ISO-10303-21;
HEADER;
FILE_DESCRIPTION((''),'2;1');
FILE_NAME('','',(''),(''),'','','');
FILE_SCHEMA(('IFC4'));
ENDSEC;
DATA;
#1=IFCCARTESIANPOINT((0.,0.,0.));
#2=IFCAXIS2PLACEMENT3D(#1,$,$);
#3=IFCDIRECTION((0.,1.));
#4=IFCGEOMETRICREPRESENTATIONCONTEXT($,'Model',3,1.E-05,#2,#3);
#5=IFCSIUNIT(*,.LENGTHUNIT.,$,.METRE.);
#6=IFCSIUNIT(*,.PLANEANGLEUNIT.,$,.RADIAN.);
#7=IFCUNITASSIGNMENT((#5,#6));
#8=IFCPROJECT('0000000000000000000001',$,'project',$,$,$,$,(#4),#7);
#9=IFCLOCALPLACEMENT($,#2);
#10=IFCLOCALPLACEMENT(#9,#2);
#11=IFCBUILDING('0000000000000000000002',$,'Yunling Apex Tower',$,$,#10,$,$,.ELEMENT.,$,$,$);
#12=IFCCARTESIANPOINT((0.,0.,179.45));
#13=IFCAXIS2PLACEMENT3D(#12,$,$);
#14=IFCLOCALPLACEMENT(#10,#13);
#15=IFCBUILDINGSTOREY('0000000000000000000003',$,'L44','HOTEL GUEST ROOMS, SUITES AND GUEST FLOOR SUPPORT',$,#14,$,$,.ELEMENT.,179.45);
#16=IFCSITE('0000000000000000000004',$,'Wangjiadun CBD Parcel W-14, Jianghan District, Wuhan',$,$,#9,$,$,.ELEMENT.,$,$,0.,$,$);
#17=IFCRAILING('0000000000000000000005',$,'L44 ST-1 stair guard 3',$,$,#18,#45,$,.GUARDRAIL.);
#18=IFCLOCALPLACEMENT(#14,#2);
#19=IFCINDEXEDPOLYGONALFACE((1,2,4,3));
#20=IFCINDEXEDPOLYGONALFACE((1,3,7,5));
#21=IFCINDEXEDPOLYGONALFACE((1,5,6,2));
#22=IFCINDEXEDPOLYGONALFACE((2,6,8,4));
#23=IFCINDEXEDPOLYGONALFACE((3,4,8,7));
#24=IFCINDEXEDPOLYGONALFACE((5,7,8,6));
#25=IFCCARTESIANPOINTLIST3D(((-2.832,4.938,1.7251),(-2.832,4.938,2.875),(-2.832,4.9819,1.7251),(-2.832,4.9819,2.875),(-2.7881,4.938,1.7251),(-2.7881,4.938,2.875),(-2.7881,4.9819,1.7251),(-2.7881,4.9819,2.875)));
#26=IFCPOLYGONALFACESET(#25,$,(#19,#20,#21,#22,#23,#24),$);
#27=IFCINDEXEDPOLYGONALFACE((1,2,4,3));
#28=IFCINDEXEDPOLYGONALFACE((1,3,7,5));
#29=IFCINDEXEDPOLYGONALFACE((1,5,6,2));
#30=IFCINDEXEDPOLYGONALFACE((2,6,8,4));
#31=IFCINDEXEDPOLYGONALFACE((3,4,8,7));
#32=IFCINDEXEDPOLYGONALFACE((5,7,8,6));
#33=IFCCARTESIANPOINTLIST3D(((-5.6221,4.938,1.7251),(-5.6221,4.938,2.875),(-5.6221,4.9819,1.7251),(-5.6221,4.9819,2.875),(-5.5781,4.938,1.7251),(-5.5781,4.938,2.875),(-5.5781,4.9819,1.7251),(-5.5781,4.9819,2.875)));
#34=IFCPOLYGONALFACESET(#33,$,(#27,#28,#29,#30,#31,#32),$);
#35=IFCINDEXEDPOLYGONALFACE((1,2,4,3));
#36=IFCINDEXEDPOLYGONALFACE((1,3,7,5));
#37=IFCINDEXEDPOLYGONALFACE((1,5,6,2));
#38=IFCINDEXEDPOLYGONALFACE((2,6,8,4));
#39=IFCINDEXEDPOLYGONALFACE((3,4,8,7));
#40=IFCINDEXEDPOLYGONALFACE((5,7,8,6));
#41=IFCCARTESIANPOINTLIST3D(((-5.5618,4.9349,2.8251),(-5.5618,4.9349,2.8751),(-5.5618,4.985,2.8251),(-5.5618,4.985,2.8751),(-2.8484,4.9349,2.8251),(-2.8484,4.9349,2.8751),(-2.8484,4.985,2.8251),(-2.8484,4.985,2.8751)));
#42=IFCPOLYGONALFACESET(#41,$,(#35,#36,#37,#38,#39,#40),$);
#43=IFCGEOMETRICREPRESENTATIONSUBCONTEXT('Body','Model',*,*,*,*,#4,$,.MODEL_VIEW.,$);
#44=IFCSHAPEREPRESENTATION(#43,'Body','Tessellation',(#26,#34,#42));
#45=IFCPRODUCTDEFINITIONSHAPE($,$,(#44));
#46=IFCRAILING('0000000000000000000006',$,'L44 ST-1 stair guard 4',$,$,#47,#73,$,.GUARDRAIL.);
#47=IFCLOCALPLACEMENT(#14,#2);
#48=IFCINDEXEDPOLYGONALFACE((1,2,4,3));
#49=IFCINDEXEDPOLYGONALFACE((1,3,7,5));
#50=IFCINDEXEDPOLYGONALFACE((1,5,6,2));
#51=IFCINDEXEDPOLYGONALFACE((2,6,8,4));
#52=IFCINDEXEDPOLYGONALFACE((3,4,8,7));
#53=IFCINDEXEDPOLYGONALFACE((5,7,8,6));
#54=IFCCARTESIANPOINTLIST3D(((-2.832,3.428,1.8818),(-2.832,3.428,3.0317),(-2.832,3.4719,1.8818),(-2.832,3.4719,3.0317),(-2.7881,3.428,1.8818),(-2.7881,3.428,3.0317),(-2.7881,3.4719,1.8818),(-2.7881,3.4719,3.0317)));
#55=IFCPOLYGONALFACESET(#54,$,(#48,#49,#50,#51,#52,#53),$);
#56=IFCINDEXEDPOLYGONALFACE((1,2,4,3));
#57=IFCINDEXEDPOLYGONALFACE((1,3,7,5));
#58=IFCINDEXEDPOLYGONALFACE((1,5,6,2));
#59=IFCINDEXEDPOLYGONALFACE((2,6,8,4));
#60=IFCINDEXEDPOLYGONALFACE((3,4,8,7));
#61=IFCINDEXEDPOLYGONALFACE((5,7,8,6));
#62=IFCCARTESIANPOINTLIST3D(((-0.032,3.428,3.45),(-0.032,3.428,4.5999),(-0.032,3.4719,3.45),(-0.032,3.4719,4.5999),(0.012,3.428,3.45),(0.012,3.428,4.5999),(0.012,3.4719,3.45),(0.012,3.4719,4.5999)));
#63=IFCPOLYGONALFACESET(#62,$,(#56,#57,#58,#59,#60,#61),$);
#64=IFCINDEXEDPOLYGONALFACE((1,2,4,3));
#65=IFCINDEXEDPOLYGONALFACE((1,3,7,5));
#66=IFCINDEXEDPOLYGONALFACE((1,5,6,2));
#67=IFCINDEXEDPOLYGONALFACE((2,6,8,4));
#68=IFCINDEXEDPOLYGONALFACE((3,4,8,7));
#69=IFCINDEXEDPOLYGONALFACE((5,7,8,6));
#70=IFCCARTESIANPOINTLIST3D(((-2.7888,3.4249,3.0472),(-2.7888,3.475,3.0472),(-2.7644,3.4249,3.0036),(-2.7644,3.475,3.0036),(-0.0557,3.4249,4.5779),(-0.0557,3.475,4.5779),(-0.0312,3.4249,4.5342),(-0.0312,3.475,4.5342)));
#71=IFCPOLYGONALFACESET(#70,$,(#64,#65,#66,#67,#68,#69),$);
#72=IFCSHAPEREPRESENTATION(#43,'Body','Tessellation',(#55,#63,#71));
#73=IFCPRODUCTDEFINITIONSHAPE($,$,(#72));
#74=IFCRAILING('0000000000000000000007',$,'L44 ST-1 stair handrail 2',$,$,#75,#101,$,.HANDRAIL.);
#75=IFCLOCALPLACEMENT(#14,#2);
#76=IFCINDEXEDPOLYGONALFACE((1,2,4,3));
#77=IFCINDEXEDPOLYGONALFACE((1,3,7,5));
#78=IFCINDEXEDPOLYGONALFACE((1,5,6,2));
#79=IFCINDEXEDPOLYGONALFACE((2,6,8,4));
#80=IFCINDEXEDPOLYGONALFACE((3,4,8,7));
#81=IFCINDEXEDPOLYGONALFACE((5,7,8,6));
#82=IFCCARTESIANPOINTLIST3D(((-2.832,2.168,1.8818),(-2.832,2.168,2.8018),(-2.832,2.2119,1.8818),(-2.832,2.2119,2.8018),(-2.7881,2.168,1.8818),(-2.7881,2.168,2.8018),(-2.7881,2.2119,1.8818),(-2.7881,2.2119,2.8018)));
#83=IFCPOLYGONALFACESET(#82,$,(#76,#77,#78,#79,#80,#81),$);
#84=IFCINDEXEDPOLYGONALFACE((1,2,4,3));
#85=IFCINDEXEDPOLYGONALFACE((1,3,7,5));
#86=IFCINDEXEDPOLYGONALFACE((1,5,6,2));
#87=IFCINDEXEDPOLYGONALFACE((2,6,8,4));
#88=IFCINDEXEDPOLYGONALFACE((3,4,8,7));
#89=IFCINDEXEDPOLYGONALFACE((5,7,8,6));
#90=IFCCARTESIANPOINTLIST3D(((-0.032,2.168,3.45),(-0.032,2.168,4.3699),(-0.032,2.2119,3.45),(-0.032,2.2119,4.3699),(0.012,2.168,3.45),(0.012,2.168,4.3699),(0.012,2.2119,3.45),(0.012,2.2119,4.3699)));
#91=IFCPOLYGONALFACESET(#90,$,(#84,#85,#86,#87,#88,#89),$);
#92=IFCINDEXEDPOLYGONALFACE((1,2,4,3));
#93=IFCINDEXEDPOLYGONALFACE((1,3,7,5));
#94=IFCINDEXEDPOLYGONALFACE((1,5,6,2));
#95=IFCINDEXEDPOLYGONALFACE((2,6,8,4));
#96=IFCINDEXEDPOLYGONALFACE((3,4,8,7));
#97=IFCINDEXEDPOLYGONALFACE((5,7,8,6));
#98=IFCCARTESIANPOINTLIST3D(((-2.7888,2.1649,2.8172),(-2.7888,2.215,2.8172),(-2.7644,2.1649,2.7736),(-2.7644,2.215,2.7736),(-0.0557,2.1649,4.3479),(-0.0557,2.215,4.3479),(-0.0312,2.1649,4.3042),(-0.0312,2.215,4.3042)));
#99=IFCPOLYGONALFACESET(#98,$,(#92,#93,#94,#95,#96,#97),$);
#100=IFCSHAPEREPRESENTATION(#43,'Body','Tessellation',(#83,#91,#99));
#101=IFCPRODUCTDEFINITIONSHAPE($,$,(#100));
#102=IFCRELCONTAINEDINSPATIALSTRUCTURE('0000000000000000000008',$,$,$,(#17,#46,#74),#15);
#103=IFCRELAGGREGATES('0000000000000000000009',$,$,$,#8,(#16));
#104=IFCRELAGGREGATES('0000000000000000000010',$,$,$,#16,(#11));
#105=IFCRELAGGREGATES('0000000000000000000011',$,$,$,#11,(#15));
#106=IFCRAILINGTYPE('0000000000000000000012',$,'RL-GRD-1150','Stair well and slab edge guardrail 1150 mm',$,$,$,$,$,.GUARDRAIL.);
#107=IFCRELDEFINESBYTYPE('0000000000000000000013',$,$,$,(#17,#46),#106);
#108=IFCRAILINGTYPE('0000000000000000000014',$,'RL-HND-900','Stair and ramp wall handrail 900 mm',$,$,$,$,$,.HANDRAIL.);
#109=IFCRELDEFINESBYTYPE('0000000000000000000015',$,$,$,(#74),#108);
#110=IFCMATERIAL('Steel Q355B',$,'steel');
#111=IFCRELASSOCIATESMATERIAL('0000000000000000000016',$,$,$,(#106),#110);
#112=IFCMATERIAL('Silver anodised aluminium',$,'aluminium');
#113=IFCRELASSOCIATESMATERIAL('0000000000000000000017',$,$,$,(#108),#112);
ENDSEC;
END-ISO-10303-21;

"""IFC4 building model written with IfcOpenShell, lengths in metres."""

from ifc_helpers import new_model, si_unit, direction, frame, origin, origin_2d, place, context, subcontext, project, spatial, rectangle, extrude, material, type_object, element, save


model = new_model("IFC4")

# Units and contexts
model_context = context("Model", 3, precision=1e-05, world=origin(), true_north=direction((0.0, 1.0)))
body_context = subcontext(model_context, "Body", "Model", "MODEL_VIEW")
ifc_project = project(units=[si_unit("LENGTHUNIT", "METRE"), si_unit("PLANEANGLEUNIT", "RADIAN")], contexts=[model_context])

# Site, building, storey
site_placement = place(None, origin())
site = spatial("IfcSite", under=ifc_project, at=site_placement, Name="Wangjiadun CBD Parcel W-14, Jianghan District, Wuhan", CompositionType="ELEMENT", RefElevation=0.0)
building_placement = place(site_placement, origin())
building = spatial("IfcBuilding", under=site, at=building_placement, Name="Yunling Apex Tower", CompositionType="ELEMENT")
storey_placement = place(building_placement, frame((0.0, 0.0, 179.45)))
storey = spatial("IfcBuildingStorey", under=building, at=storey_placement, Name="L44", Description="HOTEL GUEST ROOMS, SUITES AND GUEST FLOOR SUPPORT", CompositionType="ELEMENT", Elevation=179.45)

# Shared definitions
ifc_material_1 = material(Name="Steel Q355B", Category="steel")

# Shared definitions
ifc_material_2 = material(Name="Silver anodised aluminium", Category="aluminium")

# Railings
railing_type_1 = type_object("IfcRailingType", Name="RL-GRD-1150", Description="Stair well and slab edge guardrail 1150 mm", PredefinedType="GUARDRAIL", material=ifc_material_1)
railing_1_placement = place(storey_placement, frame((-2.8101, 4.96, 1.7251)))
element("IfcRailing", 1, at=railing_1_placement, inside=storey, type_object=railing_type_1, Name="L44 ST-1 stair guard 3", PredefinedType="GUARDRAIL", context=body_context, shape_type="SweptSolid", body=[
    extrude(rectangle(XDim=0.0439, YDim=0.0439, at=origin_2d()), origin(), (0.0, 0.0, 1.0), 1.1499),
    extrude(rectangle(XDim=0.0439, YDim=0.0439, at=origin_2d()), frame((-2.79, 0.0, 0.0)), (0.0, 0.0, 1.0), 1.1499),
    extrude(rectangle(XDim=0.05, YDim=0.05, at=origin_2d()), frame((-0.0383, 0.0, 1.125), z_axis=(-1.0, 0.0, 0.0), x_axis=(0.0, -1.0, 0.0)), (0.0, 0.0, 1.0), 2.7134),
])
railing_2_placement = place(storey_placement, frame((-2.8101, 3.45, 1.8818)))
element("IfcRailing", 2, at=railing_2_placement, inside=storey, type_object=railing_type_1, Name="L44 ST-1 stair guard 4", PredefinedType="GUARDRAIL", context=body_context, shape_type="SweptSolid", body=[
    extrude(rectangle(XDim=0.0439, YDim=0.0439, at=origin_2d()), origin(), (0.0, 0.0, 1.0), 1.1499),
    extrude(rectangle(XDim=0.0439, YDim=0.0439, at=origin_2d()), frame((2.8, 0.0, 1.5681)), (0.0, 0.0, 1.0), 1.1499),
    extrude(rectangle(XDim=0.05, YDim=0.05, at=origin_2d()), frame((0.0334, 0.0, 1.1436), z_axis=(0.872494, 0.0, 0.488624), x_axis=(0.0, 1.0, 0.0)), (0.0, 0.0, 1.0), 3.1326),
])
railing_type_2 = type_object("IfcRailingType", Name="RL-HND-900", Description="Stair and ramp wall handrail 900 mm", PredefinedType="HANDRAIL", material=ifc_material_2)
railing_3_placement = place(storey_placement, frame((-2.8101, 2.1899, 1.8818)))
element("IfcRailing", 3, at=railing_3_placement, inside=storey, type_object=railing_type_2, Name="L44 ST-1 stair handrail 2", PredefinedType="HANDRAIL", context=body_context, shape_type="SweptSolid", body=[
    extrude(rectangle(XDim=0.0439, YDim=0.0439, at=origin_2d()), origin(), (0.0, 0.0, 1.0), 0.9199),
    extrude(rectangle(XDim=0.0439, YDim=0.0439, at=origin_2d()), frame((2.8, 0.0, 1.5681)), (0.0, 0.0, 1.0), 0.9199),
    extrude(rectangle(XDim=0.05, YDim=0.05, at=origin_2d()), frame((0.0334, 0.0, 0.9136), z_axis=(0.872494, 0.0, 0.488624), x_axis=(0.0, 1.0, 0.0)), (0.0, 0.0, 1.0), 3.1326),
])

save(model, "model.ifc")
